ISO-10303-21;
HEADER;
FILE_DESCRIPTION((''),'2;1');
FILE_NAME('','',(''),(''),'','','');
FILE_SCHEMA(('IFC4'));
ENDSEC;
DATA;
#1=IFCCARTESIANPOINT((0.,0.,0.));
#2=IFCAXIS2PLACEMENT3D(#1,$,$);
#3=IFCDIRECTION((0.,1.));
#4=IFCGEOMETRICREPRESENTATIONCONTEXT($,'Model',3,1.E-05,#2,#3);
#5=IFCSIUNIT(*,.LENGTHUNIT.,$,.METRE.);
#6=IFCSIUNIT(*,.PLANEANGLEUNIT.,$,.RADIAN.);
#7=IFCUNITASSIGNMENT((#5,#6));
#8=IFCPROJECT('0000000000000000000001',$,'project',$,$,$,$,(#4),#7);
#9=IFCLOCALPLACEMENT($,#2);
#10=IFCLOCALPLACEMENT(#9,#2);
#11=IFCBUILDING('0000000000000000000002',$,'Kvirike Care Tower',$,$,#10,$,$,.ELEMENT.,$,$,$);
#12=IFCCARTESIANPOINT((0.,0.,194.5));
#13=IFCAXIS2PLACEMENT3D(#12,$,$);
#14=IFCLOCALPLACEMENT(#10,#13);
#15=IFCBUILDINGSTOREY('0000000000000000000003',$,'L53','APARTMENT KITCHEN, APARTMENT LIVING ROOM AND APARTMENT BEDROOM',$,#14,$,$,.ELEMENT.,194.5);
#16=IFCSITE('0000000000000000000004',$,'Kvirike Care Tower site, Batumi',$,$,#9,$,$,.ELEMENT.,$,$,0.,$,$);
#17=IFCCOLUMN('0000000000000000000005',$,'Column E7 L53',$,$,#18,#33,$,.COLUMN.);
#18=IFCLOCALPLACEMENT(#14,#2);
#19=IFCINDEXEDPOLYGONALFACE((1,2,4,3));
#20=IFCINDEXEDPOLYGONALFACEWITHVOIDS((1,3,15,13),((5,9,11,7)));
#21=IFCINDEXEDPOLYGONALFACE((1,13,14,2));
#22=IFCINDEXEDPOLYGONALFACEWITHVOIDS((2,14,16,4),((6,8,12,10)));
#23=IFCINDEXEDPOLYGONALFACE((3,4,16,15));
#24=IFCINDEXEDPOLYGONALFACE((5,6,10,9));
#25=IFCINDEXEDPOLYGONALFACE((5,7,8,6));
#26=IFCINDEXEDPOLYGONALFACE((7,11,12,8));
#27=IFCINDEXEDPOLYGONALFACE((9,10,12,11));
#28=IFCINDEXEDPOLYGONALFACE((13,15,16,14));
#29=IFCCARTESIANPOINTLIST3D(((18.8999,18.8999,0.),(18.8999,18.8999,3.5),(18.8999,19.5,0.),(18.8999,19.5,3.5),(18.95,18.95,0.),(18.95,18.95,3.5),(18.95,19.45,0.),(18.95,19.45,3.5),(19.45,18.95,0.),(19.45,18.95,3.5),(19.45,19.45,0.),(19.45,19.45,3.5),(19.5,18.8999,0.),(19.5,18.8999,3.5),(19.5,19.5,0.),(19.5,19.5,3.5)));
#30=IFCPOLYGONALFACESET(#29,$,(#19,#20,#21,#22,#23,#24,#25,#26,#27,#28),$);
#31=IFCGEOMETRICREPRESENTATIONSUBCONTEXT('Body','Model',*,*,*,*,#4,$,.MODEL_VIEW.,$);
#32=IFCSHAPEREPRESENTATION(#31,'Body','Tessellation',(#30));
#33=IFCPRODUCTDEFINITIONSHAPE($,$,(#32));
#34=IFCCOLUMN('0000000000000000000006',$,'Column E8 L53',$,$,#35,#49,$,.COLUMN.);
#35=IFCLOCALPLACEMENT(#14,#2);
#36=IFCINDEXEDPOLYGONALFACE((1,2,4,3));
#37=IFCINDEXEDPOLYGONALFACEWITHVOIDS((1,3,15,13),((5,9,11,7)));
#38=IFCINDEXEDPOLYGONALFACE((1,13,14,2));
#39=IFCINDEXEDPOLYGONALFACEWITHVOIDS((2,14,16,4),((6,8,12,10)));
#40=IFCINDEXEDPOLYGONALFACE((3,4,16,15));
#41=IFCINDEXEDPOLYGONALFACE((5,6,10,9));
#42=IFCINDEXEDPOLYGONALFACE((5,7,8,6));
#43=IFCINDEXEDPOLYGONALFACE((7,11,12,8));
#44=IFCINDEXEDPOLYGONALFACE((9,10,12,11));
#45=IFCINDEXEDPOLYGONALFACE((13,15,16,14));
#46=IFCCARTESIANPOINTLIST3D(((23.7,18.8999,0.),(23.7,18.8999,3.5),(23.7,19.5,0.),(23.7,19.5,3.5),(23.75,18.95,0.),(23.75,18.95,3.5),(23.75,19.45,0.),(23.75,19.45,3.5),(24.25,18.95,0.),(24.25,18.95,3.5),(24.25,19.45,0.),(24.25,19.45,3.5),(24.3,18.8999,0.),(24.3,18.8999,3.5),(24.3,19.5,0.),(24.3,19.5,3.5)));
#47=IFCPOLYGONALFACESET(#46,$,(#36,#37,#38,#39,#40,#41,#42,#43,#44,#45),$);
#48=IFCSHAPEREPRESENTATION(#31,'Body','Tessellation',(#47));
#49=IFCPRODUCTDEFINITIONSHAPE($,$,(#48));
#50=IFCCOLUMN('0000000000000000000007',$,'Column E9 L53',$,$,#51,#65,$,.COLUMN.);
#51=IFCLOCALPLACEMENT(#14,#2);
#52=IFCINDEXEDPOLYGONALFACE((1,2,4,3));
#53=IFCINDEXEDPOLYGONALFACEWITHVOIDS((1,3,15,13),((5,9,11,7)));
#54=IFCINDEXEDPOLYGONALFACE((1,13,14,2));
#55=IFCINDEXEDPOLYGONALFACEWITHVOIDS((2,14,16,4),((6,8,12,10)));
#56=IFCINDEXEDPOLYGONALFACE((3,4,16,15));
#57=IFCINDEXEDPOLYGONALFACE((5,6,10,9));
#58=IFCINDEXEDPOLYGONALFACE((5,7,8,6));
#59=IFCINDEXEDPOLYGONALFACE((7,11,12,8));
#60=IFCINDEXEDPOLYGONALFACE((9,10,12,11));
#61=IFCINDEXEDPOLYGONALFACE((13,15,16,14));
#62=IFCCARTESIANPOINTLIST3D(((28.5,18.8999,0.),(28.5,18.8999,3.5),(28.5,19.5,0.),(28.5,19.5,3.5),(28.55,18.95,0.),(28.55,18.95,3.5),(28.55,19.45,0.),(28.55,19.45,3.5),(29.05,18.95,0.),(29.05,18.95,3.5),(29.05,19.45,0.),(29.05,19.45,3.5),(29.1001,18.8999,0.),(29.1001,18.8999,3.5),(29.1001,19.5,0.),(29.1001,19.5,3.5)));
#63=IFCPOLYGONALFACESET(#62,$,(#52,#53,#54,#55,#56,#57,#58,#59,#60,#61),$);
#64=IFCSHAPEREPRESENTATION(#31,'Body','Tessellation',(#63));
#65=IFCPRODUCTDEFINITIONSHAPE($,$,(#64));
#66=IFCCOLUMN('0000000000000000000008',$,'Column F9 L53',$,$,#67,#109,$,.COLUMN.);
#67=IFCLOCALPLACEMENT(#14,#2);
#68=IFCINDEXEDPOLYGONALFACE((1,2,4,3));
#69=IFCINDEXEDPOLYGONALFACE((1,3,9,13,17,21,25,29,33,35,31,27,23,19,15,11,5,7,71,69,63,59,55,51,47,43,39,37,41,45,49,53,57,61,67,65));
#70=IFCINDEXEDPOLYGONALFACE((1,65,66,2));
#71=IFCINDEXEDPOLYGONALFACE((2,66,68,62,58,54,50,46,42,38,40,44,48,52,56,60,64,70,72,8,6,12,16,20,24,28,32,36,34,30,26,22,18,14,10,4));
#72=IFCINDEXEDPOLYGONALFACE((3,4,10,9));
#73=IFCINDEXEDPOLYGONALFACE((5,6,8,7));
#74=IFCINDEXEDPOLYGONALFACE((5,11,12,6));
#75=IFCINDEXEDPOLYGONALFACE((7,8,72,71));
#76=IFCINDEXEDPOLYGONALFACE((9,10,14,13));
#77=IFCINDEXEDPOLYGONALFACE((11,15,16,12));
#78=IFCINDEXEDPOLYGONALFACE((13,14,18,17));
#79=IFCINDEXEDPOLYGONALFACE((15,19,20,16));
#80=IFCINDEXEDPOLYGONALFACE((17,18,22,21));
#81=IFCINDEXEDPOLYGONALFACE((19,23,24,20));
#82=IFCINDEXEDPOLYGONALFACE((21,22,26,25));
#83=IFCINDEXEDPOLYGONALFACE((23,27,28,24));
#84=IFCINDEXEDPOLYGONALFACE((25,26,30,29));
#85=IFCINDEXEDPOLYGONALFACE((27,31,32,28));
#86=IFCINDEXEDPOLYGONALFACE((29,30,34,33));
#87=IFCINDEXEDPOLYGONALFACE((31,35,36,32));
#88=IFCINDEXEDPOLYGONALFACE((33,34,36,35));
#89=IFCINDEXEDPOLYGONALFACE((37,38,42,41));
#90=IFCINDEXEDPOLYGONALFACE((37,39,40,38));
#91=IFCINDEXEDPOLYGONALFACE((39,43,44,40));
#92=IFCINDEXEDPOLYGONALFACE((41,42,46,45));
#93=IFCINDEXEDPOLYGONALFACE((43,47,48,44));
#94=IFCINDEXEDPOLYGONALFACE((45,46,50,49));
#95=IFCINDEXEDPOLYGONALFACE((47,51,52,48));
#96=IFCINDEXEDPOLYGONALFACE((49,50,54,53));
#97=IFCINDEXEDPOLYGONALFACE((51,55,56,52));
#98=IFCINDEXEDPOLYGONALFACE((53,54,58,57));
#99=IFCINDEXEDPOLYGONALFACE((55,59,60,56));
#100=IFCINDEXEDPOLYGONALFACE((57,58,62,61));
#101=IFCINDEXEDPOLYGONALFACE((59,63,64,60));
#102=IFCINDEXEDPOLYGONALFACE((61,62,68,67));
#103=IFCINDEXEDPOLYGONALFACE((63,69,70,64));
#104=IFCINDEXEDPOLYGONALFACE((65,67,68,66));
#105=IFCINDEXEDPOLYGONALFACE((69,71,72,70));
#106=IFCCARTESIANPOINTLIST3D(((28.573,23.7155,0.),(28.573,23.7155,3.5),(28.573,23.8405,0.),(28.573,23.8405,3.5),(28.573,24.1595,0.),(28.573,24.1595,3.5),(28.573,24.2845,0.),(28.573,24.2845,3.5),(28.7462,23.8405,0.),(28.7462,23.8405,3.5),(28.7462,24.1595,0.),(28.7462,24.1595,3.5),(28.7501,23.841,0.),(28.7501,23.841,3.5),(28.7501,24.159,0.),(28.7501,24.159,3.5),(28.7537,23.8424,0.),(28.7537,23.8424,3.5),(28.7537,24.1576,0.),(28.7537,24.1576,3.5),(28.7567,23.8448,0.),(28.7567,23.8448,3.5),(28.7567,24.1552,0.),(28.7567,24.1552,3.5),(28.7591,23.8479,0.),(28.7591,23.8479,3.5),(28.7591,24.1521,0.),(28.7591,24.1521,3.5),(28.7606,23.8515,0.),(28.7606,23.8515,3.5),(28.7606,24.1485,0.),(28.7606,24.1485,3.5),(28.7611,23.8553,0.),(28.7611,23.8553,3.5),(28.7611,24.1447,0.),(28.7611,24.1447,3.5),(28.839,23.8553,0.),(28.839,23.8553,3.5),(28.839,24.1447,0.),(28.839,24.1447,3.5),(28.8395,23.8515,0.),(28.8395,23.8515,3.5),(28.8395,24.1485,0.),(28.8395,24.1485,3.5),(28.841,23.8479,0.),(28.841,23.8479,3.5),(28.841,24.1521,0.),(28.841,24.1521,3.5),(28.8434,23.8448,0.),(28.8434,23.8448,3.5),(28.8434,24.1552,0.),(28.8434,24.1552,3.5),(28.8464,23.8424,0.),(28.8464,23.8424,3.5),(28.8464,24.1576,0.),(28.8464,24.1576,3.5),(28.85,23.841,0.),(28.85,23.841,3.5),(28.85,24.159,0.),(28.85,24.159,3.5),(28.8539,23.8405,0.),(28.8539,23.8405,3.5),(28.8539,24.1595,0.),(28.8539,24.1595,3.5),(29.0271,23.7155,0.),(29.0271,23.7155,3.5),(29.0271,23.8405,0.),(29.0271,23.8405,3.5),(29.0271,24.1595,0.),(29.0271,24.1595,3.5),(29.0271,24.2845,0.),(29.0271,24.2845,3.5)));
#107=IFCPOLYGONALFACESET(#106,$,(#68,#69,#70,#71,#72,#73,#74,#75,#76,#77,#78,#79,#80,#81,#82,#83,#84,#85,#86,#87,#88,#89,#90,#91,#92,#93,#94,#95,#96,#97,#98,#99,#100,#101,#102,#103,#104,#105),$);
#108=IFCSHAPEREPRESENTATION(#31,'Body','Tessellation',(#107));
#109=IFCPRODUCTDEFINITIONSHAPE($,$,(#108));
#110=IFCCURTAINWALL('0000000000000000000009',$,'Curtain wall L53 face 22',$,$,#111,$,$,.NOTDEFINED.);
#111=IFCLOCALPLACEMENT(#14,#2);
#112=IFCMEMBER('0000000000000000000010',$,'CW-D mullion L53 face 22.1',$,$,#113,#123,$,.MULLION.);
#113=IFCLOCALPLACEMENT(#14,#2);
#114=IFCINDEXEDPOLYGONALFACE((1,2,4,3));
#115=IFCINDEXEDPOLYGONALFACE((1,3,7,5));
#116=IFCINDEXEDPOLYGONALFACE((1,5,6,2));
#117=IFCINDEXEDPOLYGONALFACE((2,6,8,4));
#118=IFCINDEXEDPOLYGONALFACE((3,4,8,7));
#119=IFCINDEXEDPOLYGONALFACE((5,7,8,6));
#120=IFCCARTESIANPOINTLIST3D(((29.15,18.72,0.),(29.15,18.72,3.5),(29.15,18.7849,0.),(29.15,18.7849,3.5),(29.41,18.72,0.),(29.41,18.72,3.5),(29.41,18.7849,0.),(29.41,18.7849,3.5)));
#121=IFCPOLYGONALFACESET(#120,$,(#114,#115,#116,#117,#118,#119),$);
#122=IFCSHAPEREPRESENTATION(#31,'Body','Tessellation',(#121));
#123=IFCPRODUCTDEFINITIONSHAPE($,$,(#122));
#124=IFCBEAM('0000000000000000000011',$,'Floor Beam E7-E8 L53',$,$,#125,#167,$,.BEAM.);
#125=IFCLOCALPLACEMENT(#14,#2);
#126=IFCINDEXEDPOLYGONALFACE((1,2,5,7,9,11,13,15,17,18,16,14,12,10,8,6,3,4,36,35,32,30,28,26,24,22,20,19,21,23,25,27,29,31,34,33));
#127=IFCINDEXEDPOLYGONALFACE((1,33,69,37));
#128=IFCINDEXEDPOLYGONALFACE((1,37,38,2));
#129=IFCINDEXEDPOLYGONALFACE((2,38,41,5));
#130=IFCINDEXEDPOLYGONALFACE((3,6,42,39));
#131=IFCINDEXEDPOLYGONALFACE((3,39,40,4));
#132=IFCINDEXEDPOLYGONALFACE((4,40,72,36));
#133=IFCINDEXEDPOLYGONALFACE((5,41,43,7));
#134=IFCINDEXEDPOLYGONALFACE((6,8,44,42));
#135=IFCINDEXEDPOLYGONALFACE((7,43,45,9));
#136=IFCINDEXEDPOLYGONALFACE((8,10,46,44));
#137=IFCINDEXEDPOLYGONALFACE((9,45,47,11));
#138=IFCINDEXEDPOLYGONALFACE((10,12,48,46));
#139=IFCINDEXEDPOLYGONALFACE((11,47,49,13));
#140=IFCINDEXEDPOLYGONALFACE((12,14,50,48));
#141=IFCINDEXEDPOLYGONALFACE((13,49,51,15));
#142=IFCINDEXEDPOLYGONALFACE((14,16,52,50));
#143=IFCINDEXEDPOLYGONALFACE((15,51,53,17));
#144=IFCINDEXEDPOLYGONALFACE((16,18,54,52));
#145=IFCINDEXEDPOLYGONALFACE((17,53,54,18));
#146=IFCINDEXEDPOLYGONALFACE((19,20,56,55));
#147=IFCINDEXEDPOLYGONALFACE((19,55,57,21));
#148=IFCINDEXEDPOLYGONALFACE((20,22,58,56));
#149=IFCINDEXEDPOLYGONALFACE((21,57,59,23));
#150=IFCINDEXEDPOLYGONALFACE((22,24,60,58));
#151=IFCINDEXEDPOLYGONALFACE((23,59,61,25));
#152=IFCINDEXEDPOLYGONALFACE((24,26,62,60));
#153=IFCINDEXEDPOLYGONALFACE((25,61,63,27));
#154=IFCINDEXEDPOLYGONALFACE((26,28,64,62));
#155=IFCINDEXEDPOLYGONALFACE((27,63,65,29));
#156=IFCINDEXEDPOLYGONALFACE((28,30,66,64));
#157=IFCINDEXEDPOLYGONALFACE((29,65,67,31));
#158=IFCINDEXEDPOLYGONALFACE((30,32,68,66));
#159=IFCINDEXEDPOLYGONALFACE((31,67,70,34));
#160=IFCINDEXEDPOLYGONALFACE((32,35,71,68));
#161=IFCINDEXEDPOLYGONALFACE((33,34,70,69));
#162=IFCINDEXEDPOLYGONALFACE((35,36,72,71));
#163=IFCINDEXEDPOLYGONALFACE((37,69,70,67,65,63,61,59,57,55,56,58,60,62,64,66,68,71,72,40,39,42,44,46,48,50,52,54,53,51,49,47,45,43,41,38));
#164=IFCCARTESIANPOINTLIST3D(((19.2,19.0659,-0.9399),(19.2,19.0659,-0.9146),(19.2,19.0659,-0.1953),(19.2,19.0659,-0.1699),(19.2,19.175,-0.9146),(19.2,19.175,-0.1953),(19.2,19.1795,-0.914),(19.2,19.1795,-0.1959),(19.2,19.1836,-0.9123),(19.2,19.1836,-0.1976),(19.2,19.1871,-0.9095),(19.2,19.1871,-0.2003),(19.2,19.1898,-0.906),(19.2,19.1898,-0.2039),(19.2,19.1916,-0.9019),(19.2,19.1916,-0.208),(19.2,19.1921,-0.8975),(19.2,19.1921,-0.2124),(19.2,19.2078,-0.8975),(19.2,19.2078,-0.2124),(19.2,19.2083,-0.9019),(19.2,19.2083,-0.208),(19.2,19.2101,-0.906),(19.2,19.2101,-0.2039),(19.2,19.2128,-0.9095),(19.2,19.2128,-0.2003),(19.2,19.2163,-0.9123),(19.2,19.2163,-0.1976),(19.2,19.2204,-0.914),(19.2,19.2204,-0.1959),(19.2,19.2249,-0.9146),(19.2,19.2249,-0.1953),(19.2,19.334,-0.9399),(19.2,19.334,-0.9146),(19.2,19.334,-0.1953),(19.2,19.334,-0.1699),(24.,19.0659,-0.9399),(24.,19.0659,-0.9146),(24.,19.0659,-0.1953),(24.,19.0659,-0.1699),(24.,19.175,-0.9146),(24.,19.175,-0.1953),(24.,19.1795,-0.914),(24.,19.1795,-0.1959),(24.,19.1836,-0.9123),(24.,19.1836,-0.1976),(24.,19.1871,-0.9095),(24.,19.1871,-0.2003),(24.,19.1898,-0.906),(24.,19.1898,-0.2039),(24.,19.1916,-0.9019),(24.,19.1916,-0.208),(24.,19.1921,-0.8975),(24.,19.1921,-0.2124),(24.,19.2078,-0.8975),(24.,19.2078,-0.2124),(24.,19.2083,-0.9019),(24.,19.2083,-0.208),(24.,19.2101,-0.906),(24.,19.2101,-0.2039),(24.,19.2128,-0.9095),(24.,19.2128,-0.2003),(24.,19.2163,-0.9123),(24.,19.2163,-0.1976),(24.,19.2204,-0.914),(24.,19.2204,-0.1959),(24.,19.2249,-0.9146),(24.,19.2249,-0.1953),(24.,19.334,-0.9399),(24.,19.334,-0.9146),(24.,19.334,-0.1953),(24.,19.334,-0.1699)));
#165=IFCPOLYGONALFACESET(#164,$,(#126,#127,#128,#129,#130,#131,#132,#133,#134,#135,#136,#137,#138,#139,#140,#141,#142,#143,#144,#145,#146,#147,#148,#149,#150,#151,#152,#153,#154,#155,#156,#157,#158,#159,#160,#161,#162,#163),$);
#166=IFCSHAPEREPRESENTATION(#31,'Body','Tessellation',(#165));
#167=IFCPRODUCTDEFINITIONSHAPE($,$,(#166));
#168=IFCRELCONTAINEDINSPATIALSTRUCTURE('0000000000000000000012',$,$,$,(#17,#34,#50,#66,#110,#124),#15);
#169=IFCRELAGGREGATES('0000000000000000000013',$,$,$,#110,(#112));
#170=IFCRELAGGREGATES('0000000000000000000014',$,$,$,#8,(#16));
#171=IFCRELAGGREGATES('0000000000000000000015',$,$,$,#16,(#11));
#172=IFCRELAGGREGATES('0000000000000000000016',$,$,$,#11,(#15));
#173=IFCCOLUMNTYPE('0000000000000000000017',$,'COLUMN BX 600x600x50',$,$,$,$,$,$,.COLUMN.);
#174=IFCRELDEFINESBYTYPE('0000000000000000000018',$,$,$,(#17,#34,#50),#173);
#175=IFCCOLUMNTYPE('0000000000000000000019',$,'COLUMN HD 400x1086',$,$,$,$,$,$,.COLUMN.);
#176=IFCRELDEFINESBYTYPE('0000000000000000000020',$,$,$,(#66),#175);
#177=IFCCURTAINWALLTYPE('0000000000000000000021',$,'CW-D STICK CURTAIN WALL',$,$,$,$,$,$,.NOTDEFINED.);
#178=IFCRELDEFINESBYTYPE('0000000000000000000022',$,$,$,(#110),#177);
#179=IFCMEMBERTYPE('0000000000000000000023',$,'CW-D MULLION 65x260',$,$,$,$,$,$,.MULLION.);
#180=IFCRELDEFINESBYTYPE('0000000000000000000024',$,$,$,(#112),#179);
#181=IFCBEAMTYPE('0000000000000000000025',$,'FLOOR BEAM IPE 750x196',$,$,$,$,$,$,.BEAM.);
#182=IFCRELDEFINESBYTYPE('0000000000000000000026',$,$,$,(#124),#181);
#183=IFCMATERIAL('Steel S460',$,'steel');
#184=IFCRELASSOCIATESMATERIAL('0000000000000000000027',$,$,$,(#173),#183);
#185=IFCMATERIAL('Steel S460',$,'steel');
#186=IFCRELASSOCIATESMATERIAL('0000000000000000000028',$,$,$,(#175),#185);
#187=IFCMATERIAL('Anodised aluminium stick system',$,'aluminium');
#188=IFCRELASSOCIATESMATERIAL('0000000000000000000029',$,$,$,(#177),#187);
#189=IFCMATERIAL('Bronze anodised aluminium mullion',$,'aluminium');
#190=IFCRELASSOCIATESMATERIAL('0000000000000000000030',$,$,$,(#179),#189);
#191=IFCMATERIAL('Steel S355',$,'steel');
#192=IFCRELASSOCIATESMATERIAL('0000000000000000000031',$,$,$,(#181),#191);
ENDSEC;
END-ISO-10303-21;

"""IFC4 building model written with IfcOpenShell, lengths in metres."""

from ifc_helpers import new_model, si_unit, direction, frame, origin, origin_2d, place, context, subcontext, project, spatial, rectangle, hollow_rectangle, i_section, extrude, material, material_profile, profile_set, type_object, element, aggregate, save


model = new_model("IFC4")

# Units and contexts
model_context = context("Model", 3, precision=1e-05, world=origin(), true_north=direction((0.0, 1.0)))
body_context = subcontext(model_context, "Body", "Model", "MODEL_VIEW")
ifc_project = project(units=[si_unit("LENGTHUNIT", "METRE"), si_unit("PLANEANGLEUNIT", "RADIAN")], contexts=[model_context])

# Site, building, storey
site_placement = place(None, origin())
site = spatial("IfcSite", under=ifc_project, at=site_placement, Name="Kvirike Care Tower site, Batumi", CompositionType="ELEMENT", RefElevation=0.0)
building_placement = place(site_placement, origin())
building = spatial("IfcBuilding", under=site, at=building_placement, Name="Kvirike Care Tower", CompositionType="ELEMENT")
storey_placement = place(building_placement, frame((0.0, 0.0, 194.5)))
storey = spatial("IfcBuildingStorey", under=building, at=storey_placement, Name="L53", Description="APARTMENT KITCHEN, APARTMENT LIVING ROOM AND APARTMENT BEDROOM", CompositionType="ELEMENT", Elevation=194.5)

# Columns
ifc_material_1 = material(Name="Steel S460", Category="steel")
ifc_material_profile_1 = material_profile(ifc_material_1, hollow_rectangle(XDim=0.6001, YDim=0.6001, WallThickness=0.05, at=origin_2d()), Name="BX 600x600x50")
ifc_profile_set_1 = profile_set([ifc_material_profile_1], Name="Steel S460")
column_type_1 = type_object("IfcColumnType", Name="COLUMN BX 600x600x50", PredefinedType="COLUMN", material=ifc_profile_set_1)
for number, where, z_axis, x_axis, name in (
    (1, (19.2, 19.2, 0.0), (0.0, 0.0, 1.0), (0.0, 1.0, 0.0), "Column E7 L53"),
    (2, (24.0, 19.2, 0.0), (0.0, 0.0, 1.0), (0.0, 1.0, 0.0), "Column E8 L53"),
    (3, (28.8, 19.2, 0.0), (0.0, 0.0, 1.0), (0.0, 1.0, 0.0), "Column E9 L53"),
):
    element("IfcColumn", number, at=place(storey_placement, frame(where, z_axis=z_axis, x_axis=x_axis)), inside=storey, type_object=column_type_1, Name=name, PredefinedType="COLUMN", context=body_context, shape_type="SweptSolid", body=[
        extrude(hollow_rectangle(XDim=0.6001, YDim=0.6001, WallThickness=0.05, at=origin_2d()), origin(), (0.0, 0.0, 1.0), 3.5),
    ])
ifc_material_2 = material(Name="Steel S460", Category="steel")
ifc_material_profile_2 = material_profile(ifc_material_2, i_section(OverallWidth=0.4541, OverallDepth=0.5691, WebThickness=0.0779, FlangeThickness=0.125, FilletRadius=0.0149, at=origin_2d()), Name="HD 400x1086")
ifc_profile_set_2 = profile_set([ifc_material_profile_2], Name="Steel S460")
column_type_2 = type_object("IfcColumnType", Name="COLUMN HD 400x1086", PredefinedType="COLUMN", material=ifc_profile_set_2)
column_placement = place(storey_placement, frame((28.8, 24.0, 0.0), z_axis=(0.0, 0.0, 1.0), x_axis=(1.0, 0.0, 0.0)))
element("IfcColumn", 4, at=column_placement, inside=storey, type_object=column_type_2, Name="Column F9 L53", PredefinedType="COLUMN", context=body_context, shape_type="SweptSolid", body=[
    extrude(i_section(OverallWidth=0.4541, OverallDepth=0.5691, WebThickness=0.0779, FlangeThickness=0.125, FilletRadius=0.0149, at=origin_2d()), origin(), (0.0, 0.0, 1.0), 3.5),
])

# Curtain wall, member
ifc_material_3 = material(Name="Anodised aluminium stick system", Category="aluminium")
curtain_wall_type = type_object("IfcCurtainWallType", Name="CW-D STICK CURTAIN WALL", PredefinedType="NOTDEFINED", material=ifc_material_3)
curtain_wall_placement = place(storey_placement, origin())
curtain_wall = element("IfcCurtainWall", 5, at=curtain_wall_placement, inside=storey, type_object=curtain_wall_type, Name="Curtain wall L53 face 22", PredefinedType="NOTDEFINED")
ifc_material_4 = material(Name="Bronze anodised aluminium mullion", Category="aluminium")
ifc_material_profile_3 = material_profile(ifc_material_4, rectangle(XDim=0.0649, YDim=0.26, at=origin_2d()), Name="CW-D MULLION 65x260")
ifc_profile_set_3 = profile_set([ifc_material_profile_3], Name="Bronze anodised aluminium mullion")
member_type = type_object("IfcMemberType", Name="CW-D MULLION 65x260", PredefinedType="MULLION", material=ifc_profile_set_3)
member_placement = place(storey_placement, frame((29.28, 18.7524, 0.0), z_axis=(0.0, 0.0, 1.0), x_axis=(0.0, 1.0, 0.0)))
member = element("IfcMember", 6, at=member_placement, type_object=member_type, Name="CW-D mullion L53 face 22.1", PredefinedType="MULLION", context=body_context, shape_type="SweptSolid", body=[
    extrude(rectangle(XDim=0.0649, YDim=0.26, at=origin_2d()), origin(), (0.0, 0.0, 1.0), 3.5),
])
aggregate(curtain_wall, [member])

# Beam
ifc_material_5 = material(Name="Steel S355", Category="steel")
ifc_material_profile_4 = material_profile(ifc_material_5, i_section(OverallWidth=0.2681, OverallDepth=0.77, WebThickness=0.0156, FlangeThickness=0.0254, FilletRadius=0.0171, at=origin_2d()), Name="IPE 750x196")
ifc_profile_set_4 = profile_set([ifc_material_profile_4], Name="Steel S355")
beam_type_1 = type_object("IfcBeamType", Name="FLOOR BEAM IPE 750x196", PredefinedType="BEAM", material=ifc_profile_set_4)
beam_placement = place(storey_placement, frame((19.2, 19.2, -0.5549), z_axis=(1.0, 0.0, 0.0), x_axis=(0.0, 1.0, 0.0)))
element("IfcBeam", 7, at=beam_placement, inside=storey, type_object=beam_type_1, Name="Floor Beam E7-E8 L53", PredefinedType="BEAM", context=body_context, shape_type="SweptSolid", body=[
    extrude(i_section(OverallWidth=0.2681, OverallDepth=0.77, WebThickness=0.0156, FlangeThickness=0.0254, FilletRadius=0.0171, at=origin_2d()), origin(), (0.0, 0.0, 1.0), 4.8),
])

save(model, "model.ifc")
